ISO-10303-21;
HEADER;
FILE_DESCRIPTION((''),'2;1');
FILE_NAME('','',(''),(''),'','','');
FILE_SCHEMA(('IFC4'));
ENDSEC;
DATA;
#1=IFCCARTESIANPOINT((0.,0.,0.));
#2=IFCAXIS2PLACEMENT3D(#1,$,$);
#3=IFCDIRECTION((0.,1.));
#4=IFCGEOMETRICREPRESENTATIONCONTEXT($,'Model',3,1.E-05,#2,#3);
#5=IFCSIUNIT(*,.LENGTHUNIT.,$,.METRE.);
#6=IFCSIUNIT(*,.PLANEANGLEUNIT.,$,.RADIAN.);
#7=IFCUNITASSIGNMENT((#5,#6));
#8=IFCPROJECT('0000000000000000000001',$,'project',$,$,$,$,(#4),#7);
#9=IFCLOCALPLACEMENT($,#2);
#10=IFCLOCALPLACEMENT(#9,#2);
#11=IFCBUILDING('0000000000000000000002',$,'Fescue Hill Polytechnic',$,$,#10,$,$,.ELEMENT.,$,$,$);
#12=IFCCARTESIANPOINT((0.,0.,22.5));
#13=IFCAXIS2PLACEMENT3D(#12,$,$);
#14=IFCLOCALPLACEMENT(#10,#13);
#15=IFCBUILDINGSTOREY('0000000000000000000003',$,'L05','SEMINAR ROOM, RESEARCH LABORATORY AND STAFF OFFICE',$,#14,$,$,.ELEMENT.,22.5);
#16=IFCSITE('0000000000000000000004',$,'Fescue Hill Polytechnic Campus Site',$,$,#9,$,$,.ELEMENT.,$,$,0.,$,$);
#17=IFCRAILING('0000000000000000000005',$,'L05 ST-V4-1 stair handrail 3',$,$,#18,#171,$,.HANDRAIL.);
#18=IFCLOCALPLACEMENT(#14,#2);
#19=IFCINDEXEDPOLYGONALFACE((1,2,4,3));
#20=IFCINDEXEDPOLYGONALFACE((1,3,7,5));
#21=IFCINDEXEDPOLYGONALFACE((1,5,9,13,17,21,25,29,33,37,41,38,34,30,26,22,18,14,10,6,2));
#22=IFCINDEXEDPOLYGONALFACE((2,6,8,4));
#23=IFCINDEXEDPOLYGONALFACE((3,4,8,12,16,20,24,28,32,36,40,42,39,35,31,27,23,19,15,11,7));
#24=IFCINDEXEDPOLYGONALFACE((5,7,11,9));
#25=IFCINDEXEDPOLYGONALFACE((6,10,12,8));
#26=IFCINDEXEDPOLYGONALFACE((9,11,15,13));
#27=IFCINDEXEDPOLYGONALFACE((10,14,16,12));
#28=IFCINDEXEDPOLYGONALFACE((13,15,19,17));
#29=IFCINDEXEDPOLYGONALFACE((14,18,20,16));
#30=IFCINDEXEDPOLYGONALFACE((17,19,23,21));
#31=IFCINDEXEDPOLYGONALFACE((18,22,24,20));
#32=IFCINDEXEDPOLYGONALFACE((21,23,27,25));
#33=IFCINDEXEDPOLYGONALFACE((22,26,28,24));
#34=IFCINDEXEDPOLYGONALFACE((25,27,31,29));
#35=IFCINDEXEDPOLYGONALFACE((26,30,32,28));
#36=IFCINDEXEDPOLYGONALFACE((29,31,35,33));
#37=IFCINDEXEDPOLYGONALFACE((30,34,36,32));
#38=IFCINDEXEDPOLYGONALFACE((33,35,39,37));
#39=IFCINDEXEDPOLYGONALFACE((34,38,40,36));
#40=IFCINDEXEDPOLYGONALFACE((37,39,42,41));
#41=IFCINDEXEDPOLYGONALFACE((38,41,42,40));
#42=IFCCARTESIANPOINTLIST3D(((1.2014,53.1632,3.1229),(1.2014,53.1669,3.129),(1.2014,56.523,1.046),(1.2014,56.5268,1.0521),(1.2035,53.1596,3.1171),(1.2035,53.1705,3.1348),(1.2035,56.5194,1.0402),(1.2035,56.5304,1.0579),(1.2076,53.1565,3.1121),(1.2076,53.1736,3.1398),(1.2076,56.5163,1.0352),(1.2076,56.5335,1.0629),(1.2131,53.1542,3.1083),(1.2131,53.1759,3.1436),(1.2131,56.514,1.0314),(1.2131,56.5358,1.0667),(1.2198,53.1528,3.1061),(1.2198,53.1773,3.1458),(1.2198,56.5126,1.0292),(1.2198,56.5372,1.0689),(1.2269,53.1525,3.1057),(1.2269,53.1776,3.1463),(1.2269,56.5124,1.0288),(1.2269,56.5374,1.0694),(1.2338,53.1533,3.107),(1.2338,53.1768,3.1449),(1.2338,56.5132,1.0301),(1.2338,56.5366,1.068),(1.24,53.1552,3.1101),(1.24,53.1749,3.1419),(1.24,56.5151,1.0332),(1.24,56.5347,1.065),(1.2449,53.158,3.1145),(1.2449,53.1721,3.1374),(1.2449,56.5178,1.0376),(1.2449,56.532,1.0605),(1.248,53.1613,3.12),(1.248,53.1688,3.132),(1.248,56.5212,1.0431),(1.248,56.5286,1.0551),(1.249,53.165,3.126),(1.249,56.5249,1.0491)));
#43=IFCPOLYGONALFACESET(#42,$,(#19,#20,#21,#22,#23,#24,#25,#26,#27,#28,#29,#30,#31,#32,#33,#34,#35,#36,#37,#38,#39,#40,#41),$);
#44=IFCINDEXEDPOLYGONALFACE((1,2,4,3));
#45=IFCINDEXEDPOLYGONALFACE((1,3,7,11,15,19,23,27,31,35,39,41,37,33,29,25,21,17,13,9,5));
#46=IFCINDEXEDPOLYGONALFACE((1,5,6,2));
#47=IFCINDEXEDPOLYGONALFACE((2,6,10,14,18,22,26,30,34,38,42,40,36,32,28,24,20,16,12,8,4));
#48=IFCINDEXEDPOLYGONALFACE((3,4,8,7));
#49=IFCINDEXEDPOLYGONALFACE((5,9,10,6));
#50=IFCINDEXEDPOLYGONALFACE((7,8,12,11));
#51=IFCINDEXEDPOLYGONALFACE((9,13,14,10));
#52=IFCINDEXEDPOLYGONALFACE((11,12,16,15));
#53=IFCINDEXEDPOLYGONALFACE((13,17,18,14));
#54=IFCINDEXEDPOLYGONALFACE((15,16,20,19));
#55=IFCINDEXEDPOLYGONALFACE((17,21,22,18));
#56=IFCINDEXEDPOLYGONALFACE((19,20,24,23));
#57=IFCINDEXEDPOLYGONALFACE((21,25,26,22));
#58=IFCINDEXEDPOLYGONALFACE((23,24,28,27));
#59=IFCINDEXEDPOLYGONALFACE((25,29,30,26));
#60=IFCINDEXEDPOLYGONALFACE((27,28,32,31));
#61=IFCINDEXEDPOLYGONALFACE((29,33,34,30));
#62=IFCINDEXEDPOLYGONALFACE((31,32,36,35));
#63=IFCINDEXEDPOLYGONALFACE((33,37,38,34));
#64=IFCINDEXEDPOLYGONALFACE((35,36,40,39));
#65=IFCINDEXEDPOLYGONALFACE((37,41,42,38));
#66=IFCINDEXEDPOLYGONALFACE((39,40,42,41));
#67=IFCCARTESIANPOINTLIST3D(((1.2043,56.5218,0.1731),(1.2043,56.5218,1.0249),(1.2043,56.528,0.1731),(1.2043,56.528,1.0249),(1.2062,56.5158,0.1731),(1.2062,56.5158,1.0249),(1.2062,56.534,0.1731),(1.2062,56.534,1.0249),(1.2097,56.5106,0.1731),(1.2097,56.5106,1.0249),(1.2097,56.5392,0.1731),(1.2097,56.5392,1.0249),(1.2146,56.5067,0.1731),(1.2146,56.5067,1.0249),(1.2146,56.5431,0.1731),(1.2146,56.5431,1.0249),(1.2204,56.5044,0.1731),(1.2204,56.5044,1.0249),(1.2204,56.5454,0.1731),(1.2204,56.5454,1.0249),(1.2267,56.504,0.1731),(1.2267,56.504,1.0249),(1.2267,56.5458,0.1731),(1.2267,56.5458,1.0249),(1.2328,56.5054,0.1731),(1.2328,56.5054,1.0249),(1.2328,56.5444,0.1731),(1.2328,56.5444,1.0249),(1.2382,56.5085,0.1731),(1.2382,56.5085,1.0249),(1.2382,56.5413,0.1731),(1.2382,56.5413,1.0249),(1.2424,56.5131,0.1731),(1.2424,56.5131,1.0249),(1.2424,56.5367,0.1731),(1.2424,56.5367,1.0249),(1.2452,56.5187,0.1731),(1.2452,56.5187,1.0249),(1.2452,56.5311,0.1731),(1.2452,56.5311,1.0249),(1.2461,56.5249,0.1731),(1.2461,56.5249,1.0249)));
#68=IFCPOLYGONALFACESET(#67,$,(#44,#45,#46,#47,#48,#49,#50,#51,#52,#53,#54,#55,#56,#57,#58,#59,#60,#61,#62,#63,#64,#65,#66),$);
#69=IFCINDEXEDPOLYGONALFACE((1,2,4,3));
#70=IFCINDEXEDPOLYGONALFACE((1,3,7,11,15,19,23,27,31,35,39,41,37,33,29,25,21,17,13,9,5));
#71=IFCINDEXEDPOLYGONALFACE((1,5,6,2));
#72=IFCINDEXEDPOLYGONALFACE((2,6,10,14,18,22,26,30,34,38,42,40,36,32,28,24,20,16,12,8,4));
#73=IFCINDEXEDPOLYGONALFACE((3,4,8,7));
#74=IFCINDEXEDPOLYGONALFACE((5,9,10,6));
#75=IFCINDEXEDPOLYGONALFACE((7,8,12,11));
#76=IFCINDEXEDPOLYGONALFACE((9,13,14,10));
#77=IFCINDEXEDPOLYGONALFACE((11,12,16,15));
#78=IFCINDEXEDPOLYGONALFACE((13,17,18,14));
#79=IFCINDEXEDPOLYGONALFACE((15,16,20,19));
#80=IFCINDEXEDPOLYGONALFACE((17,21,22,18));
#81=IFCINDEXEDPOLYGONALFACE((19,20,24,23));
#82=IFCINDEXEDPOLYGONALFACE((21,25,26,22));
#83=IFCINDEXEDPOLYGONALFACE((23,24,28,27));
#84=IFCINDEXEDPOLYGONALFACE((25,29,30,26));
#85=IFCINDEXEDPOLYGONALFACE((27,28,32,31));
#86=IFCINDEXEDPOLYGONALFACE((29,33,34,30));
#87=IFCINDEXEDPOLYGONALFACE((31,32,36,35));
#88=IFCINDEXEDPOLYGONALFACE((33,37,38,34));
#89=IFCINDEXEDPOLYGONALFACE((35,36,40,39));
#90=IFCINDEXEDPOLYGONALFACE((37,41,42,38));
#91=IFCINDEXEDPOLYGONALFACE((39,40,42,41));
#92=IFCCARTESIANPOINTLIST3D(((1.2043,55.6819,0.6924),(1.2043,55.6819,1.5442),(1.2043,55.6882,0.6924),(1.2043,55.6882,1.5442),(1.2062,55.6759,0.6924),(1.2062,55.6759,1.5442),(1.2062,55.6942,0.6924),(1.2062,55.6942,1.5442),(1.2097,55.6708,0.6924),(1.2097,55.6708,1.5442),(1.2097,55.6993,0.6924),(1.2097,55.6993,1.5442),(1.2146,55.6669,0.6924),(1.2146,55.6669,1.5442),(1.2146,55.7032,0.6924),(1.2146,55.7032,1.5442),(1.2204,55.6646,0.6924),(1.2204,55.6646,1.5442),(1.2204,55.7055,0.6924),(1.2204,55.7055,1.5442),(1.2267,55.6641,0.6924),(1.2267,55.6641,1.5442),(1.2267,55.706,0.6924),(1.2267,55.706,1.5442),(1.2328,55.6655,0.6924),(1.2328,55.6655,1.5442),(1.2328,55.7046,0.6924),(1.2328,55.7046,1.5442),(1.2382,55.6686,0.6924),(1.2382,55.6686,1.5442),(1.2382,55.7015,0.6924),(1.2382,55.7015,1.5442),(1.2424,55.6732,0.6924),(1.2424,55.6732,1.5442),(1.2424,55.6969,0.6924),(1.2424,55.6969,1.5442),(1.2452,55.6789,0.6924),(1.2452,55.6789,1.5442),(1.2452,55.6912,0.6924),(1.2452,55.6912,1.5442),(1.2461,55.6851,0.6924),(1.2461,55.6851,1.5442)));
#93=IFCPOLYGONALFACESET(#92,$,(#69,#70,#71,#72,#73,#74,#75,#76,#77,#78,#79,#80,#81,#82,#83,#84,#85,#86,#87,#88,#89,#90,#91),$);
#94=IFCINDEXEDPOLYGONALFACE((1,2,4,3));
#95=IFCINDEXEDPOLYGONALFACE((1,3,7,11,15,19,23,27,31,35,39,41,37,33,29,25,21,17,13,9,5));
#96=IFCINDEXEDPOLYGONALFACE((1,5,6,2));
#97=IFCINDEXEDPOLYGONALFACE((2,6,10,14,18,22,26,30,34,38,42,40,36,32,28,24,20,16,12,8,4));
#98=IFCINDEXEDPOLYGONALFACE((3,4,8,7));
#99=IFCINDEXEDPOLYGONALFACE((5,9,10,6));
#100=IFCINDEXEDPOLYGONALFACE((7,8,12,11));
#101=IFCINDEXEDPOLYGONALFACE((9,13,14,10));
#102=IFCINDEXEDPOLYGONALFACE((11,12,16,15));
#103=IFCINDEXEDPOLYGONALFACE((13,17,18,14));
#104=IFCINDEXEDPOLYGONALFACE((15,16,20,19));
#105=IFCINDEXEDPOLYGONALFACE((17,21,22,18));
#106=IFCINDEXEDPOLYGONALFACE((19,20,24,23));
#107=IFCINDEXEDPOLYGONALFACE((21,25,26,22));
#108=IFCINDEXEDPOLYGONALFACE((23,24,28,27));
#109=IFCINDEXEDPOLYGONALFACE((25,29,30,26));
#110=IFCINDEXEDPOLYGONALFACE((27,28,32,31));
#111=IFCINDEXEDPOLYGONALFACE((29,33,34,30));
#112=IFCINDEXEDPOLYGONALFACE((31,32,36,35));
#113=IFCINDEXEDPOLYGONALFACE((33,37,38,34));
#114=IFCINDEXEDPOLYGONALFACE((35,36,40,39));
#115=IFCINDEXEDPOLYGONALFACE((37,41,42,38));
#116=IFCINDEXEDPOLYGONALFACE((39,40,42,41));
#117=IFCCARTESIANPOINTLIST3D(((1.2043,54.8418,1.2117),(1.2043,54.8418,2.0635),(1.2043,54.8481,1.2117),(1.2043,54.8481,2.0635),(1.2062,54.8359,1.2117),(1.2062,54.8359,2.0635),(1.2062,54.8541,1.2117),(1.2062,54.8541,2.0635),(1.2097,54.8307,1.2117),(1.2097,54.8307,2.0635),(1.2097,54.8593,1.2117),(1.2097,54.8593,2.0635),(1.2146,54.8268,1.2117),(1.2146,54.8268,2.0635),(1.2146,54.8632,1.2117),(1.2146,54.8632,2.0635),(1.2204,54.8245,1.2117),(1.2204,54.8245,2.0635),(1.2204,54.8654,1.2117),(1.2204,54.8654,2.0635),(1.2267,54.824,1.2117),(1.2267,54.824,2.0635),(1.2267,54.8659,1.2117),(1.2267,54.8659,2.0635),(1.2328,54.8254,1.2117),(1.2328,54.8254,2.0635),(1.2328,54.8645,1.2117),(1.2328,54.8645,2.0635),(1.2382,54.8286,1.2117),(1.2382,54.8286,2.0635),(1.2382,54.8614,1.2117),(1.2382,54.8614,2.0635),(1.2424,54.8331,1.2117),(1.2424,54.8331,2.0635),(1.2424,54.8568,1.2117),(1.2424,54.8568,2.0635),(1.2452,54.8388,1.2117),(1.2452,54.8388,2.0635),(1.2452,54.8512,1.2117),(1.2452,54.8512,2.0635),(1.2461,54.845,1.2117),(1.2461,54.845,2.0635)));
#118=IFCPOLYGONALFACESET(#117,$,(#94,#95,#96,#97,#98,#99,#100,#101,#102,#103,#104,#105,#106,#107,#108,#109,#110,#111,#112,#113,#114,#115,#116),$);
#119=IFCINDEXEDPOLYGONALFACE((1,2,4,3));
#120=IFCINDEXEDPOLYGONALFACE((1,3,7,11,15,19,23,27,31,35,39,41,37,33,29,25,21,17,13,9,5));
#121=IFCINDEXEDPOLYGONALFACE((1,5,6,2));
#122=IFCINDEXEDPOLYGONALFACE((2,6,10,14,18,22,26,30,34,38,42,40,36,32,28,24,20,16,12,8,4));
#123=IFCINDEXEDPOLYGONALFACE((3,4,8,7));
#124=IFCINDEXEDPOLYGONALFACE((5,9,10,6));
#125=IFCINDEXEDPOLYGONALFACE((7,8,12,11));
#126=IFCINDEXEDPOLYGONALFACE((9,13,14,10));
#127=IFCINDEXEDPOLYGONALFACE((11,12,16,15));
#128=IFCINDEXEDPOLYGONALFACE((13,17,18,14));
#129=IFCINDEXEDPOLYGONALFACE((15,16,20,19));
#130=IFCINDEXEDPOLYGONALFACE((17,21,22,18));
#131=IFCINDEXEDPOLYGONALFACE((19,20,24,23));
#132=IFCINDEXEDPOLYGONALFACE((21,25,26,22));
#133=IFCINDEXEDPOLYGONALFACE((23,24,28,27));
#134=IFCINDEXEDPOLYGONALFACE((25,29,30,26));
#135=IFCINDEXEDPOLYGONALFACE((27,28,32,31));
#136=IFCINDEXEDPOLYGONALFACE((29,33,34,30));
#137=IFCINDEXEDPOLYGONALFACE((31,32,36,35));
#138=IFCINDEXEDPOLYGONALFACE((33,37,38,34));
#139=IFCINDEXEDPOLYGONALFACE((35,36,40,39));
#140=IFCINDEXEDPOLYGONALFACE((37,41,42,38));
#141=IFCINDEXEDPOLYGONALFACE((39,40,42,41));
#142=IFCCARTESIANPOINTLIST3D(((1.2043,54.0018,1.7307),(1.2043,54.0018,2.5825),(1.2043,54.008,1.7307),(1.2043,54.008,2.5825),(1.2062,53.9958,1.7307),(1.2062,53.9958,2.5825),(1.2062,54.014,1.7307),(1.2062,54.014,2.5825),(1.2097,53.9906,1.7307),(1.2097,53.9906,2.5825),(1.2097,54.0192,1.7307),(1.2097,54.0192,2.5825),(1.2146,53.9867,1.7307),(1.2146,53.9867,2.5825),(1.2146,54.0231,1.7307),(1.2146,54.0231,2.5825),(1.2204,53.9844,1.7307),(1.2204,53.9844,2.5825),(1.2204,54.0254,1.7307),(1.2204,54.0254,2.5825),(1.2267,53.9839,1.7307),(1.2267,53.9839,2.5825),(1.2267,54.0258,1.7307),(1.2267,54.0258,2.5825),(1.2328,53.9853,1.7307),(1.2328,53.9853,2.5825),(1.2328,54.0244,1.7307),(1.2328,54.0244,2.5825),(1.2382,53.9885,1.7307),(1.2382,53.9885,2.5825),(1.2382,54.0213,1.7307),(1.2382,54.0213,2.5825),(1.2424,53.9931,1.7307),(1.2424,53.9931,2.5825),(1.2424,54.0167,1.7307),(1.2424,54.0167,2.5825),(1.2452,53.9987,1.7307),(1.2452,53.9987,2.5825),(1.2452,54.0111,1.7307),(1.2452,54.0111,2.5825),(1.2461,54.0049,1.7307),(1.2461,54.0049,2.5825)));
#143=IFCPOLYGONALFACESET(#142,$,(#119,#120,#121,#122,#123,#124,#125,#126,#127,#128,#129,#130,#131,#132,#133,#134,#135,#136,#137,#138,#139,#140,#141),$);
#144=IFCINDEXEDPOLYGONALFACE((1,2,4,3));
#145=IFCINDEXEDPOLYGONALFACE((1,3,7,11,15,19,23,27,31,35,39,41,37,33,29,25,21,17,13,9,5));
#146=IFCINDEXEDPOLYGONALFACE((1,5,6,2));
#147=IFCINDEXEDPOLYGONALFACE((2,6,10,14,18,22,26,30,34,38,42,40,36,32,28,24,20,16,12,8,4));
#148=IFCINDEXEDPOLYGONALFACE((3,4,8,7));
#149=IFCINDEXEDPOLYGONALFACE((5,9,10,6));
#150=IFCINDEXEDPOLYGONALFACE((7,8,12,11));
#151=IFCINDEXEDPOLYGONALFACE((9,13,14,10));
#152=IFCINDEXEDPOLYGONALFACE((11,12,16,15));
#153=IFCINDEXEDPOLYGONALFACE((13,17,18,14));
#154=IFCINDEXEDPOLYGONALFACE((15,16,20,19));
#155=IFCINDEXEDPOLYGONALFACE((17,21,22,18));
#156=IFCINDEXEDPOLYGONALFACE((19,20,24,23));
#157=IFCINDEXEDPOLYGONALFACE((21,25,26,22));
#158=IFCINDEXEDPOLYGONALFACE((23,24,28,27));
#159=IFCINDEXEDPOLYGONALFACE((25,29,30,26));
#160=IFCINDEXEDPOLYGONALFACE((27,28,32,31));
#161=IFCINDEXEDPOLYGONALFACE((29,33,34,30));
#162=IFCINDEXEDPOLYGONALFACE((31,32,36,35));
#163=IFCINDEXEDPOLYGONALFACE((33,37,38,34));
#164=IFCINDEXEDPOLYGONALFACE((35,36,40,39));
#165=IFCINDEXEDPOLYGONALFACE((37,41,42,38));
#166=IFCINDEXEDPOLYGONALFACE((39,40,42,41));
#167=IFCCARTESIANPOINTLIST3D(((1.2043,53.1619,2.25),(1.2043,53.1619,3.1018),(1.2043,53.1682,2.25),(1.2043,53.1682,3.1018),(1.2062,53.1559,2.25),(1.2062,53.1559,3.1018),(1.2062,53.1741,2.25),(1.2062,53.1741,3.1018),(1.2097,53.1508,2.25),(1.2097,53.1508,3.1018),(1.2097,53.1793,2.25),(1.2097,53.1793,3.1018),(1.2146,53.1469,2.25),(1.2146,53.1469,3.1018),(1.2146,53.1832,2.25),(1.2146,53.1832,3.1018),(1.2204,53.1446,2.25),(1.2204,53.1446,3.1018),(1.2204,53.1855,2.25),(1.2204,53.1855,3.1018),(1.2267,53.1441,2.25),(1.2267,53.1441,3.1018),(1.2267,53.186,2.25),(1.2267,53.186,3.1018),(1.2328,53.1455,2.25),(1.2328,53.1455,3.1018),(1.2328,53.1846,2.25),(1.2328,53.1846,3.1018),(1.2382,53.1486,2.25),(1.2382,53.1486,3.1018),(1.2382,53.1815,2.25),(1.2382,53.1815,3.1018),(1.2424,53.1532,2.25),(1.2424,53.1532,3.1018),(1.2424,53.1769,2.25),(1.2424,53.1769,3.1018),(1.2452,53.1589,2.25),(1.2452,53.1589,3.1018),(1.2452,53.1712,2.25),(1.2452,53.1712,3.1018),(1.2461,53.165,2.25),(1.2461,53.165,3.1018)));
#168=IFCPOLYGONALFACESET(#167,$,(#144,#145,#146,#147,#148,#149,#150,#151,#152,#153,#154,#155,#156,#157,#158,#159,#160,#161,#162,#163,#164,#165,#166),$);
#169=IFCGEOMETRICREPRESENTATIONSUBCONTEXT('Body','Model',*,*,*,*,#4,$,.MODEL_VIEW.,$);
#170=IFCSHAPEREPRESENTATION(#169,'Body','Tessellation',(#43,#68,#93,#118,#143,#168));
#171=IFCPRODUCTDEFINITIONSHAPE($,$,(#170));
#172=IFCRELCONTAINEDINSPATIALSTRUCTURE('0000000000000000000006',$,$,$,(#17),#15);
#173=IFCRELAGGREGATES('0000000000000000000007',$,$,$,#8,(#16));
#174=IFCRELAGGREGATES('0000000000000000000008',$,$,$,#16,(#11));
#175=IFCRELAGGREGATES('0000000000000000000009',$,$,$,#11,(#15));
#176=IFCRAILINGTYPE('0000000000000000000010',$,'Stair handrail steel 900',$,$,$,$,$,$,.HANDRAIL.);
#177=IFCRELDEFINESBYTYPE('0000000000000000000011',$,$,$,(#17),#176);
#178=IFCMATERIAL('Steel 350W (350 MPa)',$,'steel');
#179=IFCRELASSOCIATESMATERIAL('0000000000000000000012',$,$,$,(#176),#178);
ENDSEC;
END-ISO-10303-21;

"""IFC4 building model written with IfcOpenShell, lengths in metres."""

from ifc_helpers import new_model, si_unit, direction, frame, origin, origin_2d, place, context, subcontext, project, spatial, circle, extrude, material, type_object, element, save


model = new_model("IFC4")

# Units and contexts
model_context = context("Model", 3, precision=1e-05, world=origin(), true_north=direction((0.0, 1.0)))
body_context = subcontext(model_context, "Body", "Model", "MODEL_VIEW")
ifc_project = project(units=[si_unit("LENGTHUNIT", "METRE"), si_unit("PLANEANGLEUNIT", "RADIAN")], contexts=[model_context])

# Site, building, storey
site_placement = place(None, origin())
site = spatial("IfcSite", under=ifc_project, at=site_placement, Name="Fescue Hill Polytechnic Campus Site", CompositionType="ELEMENT", RefElevation=0.0)
building_placement = place(site_placement, origin())
building = spatial("IfcBuilding", under=site, at=building_placement, Name="Fescue Hill Polytechnic", CompositionType="ELEMENT")
storey_placement = place(building_placement, frame((0.0, 0.0, 22.5)))
storey = spatial("IfcBuildingStorey", under=building, at=storey_placement, Name="L05", Description="SEMINAR ROOM, RESEARCH LABORATORY AND STAFF OFFICE", CompositionType="ELEMENT", Elevation=22.5)

# Railing
ifc_material_1 = material(Name="Steel 350W (350 MPa)", Category="steel")
railing_type_1 = type_object("IfcRailingType", Name="Stair handrail steel 900", PredefinedType="HANDRAIL", material=ifc_material_1)
railing_1_placement = place(storey_placement, frame((1.2251, 56.5249, 0.1731)))
element("IfcRailing", 1, at=railing_1_placement, inside=storey, type_object=railing_type_1, Name="L05 ST-V4-1 stair handrail 3", PredefinedType="HANDRAIL", context=body_context, shape_type="SweptSolid", body=[
    extrude(circle(Radius=0.0239, at=origin_2d()), frame((0.0, 0.0, 0.876), z_axis=(0.0, -0.850606, 0.525803), x_axis=(1.0, 0.0, 0.0)), (0.0, 0.0, 1.0), 3.95),
    extrude(circle(Radius=0.021, at=origin_2d()), origin(), (0.0, 0.0, 1.0), 0.8518),
    extrude(circle(Radius=0.021, at=origin_2d()), frame((0.0, -0.8398, 0.5193)), (0.0, 0.0, 1.0), 0.8518),
    extrude(circle(Radius=0.021, at=origin_2d()), frame((0.0, -1.6799, 1.0386)), (0.0, 0.0, 1.0), 0.8518),
    extrude(circle(Radius=0.021, at=origin_2d()), frame((0.0, -2.52, 1.5576)), (0.0, 0.0, 1.0), 0.8518),
    extrude(circle(Radius=0.021, at=origin_2d()), frame((0.0, -3.3599, 2.0769)), (0.0, 0.0, 1.0), 0.8518),
])

save(model, "model.ifc")
